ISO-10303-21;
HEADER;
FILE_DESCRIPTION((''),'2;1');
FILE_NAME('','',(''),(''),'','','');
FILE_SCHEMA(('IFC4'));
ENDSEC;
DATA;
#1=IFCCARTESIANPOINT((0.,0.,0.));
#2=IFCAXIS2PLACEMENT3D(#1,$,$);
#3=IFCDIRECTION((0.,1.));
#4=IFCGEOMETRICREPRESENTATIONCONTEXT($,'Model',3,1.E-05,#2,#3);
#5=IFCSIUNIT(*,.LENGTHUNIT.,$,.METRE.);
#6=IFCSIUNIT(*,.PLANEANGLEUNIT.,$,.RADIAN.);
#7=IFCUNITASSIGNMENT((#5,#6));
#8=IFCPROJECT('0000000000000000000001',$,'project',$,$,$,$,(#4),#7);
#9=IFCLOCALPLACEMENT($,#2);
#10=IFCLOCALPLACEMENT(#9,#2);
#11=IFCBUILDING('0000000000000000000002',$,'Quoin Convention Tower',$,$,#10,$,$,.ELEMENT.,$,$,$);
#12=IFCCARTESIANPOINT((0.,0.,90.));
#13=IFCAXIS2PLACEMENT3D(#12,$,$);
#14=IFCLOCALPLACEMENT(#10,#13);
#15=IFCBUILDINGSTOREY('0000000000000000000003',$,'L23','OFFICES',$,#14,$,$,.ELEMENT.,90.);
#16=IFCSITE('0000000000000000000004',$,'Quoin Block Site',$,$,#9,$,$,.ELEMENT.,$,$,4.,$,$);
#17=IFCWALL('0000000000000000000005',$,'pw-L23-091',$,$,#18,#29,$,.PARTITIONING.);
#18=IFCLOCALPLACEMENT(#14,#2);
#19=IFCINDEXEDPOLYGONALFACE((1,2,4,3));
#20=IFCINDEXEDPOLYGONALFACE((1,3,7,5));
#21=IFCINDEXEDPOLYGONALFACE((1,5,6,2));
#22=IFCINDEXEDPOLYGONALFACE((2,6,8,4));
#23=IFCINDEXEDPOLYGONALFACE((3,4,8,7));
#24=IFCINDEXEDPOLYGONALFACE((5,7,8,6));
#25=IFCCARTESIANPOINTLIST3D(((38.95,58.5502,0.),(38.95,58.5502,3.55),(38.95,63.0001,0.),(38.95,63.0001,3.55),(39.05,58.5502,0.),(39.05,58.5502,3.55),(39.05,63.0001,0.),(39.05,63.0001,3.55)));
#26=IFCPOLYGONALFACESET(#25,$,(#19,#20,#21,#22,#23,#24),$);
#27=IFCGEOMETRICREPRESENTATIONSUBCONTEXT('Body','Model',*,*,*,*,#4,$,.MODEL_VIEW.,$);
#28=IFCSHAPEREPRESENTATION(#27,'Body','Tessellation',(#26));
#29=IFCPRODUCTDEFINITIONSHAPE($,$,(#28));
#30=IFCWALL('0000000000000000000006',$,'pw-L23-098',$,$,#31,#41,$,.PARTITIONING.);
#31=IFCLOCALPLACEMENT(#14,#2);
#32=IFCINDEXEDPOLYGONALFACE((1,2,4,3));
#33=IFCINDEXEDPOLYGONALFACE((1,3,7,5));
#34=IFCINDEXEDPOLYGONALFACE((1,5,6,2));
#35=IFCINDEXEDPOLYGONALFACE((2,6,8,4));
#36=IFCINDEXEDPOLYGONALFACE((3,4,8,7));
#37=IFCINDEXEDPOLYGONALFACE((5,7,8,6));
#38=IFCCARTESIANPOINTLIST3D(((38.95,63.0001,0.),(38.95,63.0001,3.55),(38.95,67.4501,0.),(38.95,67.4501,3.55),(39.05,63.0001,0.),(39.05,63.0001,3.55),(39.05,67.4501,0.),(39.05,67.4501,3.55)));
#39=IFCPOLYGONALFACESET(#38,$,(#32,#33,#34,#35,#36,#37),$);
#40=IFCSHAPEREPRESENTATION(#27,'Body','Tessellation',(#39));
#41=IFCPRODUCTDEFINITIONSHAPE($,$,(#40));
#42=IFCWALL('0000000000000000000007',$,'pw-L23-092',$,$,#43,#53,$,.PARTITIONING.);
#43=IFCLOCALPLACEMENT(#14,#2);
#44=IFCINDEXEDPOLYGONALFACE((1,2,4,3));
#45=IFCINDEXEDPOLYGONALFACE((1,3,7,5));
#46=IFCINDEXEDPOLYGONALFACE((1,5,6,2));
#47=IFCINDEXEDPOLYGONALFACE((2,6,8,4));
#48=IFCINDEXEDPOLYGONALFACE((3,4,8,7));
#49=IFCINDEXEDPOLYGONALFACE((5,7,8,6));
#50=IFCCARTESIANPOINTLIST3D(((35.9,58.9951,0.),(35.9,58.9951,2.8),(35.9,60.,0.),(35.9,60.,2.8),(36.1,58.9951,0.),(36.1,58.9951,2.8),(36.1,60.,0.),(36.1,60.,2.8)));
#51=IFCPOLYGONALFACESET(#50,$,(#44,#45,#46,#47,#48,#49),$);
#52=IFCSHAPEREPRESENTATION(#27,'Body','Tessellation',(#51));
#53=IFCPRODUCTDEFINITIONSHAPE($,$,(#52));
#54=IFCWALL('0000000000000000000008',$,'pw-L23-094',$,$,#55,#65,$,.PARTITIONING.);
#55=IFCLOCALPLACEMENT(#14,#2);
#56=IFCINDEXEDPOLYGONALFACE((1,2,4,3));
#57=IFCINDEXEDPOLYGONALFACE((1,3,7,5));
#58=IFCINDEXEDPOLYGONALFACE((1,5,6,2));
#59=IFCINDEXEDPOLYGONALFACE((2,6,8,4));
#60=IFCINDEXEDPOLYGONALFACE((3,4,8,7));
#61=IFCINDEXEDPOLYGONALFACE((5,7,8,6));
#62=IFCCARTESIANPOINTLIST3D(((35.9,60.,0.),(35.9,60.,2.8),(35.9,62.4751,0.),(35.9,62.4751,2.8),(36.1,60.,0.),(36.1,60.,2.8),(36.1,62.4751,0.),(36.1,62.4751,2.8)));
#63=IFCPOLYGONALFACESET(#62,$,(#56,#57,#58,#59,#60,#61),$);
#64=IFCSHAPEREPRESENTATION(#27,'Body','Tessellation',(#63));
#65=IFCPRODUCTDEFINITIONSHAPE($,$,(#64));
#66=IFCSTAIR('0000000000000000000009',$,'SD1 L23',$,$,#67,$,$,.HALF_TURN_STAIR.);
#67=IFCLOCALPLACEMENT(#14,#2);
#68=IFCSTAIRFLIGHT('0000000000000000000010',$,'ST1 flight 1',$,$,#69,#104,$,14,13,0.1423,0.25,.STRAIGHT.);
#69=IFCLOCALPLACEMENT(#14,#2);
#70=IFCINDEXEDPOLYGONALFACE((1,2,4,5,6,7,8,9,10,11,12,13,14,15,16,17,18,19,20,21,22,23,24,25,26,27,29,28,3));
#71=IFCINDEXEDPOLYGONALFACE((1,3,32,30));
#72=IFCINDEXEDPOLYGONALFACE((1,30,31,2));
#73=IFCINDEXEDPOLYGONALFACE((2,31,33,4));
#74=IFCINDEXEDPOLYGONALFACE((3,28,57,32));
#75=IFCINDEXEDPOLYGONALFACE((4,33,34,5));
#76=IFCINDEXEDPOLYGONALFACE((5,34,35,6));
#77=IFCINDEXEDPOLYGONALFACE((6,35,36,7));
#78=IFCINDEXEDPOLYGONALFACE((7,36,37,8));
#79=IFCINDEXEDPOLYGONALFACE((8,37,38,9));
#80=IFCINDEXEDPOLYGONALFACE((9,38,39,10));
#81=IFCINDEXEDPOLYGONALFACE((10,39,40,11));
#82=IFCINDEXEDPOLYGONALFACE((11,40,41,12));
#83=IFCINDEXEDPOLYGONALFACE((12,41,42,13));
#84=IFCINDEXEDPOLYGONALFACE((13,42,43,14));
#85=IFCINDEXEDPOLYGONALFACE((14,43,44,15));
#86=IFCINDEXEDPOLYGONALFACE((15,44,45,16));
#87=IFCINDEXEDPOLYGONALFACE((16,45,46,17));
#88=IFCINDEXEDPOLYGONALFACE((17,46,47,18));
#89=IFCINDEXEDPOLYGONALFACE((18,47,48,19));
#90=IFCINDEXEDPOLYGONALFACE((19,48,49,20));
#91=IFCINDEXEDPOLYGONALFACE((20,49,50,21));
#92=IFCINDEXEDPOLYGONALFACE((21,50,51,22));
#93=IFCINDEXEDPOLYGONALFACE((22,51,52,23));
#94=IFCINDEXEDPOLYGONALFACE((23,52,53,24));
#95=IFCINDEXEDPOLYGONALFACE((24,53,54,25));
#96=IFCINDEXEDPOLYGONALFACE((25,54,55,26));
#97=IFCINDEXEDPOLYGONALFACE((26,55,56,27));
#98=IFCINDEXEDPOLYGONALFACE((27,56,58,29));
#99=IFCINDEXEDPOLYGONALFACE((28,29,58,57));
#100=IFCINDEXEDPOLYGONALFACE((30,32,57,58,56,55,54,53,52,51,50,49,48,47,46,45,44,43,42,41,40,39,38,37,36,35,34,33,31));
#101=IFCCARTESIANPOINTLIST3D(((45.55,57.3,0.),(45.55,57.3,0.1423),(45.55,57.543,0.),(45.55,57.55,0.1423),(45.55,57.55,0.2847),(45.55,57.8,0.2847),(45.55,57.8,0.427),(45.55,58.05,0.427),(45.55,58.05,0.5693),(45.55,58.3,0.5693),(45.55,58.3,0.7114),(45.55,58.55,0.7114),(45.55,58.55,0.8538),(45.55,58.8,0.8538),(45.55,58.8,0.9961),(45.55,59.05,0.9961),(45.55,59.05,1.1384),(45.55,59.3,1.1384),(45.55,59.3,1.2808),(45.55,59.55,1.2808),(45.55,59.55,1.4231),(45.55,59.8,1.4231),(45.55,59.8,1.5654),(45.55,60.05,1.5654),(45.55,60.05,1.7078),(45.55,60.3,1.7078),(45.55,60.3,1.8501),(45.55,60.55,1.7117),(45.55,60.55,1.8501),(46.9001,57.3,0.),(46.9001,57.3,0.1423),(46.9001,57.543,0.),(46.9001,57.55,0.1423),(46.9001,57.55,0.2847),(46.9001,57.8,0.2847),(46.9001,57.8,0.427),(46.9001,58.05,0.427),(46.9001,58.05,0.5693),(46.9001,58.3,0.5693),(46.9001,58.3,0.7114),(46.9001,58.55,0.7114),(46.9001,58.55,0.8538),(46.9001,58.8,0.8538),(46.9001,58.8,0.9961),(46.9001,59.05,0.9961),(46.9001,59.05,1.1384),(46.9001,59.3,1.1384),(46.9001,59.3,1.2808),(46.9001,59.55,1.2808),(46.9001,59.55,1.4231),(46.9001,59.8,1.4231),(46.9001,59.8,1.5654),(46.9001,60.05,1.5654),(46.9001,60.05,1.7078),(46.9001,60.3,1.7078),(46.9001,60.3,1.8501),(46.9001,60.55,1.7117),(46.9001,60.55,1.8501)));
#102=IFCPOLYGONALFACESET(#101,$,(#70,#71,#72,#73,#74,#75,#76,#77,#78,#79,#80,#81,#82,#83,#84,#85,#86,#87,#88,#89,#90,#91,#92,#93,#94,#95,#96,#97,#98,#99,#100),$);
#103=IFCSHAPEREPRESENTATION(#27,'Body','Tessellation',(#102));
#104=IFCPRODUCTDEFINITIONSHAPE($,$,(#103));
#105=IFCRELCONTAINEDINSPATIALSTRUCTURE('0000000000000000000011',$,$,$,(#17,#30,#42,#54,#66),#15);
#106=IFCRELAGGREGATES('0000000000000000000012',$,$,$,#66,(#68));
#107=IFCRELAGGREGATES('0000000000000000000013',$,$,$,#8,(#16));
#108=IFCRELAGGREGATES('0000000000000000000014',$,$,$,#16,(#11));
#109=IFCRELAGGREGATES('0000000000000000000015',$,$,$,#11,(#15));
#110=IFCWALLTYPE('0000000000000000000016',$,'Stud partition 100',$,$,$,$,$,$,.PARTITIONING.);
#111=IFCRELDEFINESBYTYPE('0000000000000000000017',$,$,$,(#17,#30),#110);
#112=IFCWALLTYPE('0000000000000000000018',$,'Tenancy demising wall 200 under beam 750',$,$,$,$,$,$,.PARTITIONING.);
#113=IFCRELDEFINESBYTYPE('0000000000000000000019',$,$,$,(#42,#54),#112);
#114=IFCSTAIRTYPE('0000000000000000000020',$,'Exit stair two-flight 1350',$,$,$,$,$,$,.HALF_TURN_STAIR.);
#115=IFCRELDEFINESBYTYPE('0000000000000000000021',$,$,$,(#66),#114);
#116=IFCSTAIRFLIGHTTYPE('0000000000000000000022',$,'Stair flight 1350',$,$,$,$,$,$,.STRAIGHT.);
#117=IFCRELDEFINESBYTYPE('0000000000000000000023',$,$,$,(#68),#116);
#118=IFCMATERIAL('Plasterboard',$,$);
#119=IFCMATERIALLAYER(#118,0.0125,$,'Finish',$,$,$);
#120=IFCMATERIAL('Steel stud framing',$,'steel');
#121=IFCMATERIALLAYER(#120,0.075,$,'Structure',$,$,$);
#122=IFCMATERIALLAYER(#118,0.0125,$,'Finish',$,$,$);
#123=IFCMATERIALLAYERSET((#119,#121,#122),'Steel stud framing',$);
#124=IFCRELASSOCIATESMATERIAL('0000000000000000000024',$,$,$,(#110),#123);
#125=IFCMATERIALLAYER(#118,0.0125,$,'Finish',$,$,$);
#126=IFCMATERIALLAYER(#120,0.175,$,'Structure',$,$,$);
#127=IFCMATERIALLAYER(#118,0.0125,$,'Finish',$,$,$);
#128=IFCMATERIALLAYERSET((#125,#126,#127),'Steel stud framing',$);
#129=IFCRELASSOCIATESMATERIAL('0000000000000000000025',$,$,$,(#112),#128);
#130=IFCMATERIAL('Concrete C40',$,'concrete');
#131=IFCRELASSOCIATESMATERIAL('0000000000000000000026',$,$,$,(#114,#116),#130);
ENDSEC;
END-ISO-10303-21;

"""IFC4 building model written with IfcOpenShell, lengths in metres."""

from ifc_helpers import new_model, si_unit, direction, frame, frame_2d, origin, place, context, subcontext, project, spatial, polyline, rectangle, outline, extrude, material, layer, layer_set, type_object, element, aggregate, save


model = new_model("IFC4")

# Units and contexts
model_context = context("Model", 3, precision=1e-05, world=origin(), true_north=direction((0.0, 1.0)))
body_context = subcontext(model_context, "Body", "Model", "MODEL_VIEW")
ifc_project = project(units=[si_unit("LENGTHUNIT", "METRE"), si_unit("PLANEANGLEUNIT", "RADIAN")], contexts=[model_context])

# Site, building, storey
site_placement = place(None, origin())
site = spatial("IfcSite", under=ifc_project, at=site_placement, Name="Quoin Block Site", CompositionType="ELEMENT", RefElevation=4.0)
building_placement = place(site_placement, origin())
building = spatial("IfcBuilding", under=site, at=building_placement, Name="Quoin Convention Tower", CompositionType="ELEMENT")
storey_placement = place(building_placement, frame((0.0, 0.0, 90.0)))
storey = spatial("IfcBuildingStorey", under=building, at=storey_placement, Name="L23", Description="OFFICES", CompositionType="ELEMENT", Elevation=90.0)

# Shared definitions
ifc_material_1 = material(Name="Plasterboard")
ifc_material_2 = material(Name="Steel stud framing", Category="steel")

# Shared definitions
ifc_layer_1 = layer(ifc_material_1, 0.0125, Name="Finish")
ifc_layer_2 = layer(ifc_material_2, 0.075, Name="Structure")
ifc_layer_3 = layer(ifc_material_1, 0.0125, Name="Finish")
ifc_layer_set_1 = layer_set([ifc_layer_1, ifc_layer_2, ifc_layer_3], Name="Steel stud framing")
wall_type_1 = type_object("IfcWallType", Name="Stud partition 100", PredefinedType="PARTITIONING", material=ifc_layer_set_1)

# Walls
for number, where, z_axis, x_axis, name in (
    (1, (39.0, 58.55, 0.0), (0.0, 0.0, 1.0), (0.0, 1.0, 0.0), "pw-L23-091"),
    (2, (39.0, 63.0, 0.0), (0.0, 0.0, 1.0), (0.0, 1.0, 0.0), "pw-L23-098"),
):
    element("IfcWall", number, at=place(storey_placement, frame(where, z_axis=z_axis, x_axis=x_axis)), inside=storey, type_object=wall_type_1, Name=name, PredefinedType="PARTITIONING", context=body_context, shape_type="SweptSolid", body=[
        extrude(rectangle(XDim=4.45, YDim=0.1001, at=frame_2d((2.2251, 0.0))), origin(), (0.0, 0.0, 1.0), 3.55),
    ])
ifc_layer_4 = layer(ifc_material_1, 0.0125, Name="Finish")
ifc_layer_5 = layer(ifc_material_2, 0.175, Name="Structure")
ifc_layer_6 = layer(ifc_material_1, 0.0125, Name="Finish")
ifc_layer_set_2 = layer_set([ifc_layer_4, ifc_layer_5, ifc_layer_6], Name="Steel stud framing")
wall_type_2 = type_object("IfcWallType", Name="Tenancy demising wall 200 under beam 750", PredefinedType="PARTITIONING", material=ifc_layer_set_2)
wall_1_placement = place(storey_placement, frame((36.0, 58.9951, 0.0), z_axis=(0.0, 0.0, 1.0), x_axis=(0.0, 1.0, 0.0)))
element("IfcWall", 3, at=wall_1_placement, inside=storey, type_object=wall_type_2, Name="pw-L23-092", PredefinedType="PARTITIONING", context=body_context, shape_type="SweptSolid", body=[
    extrude(rectangle(XDim=1.0049, YDim=0.2, at=frame_2d((0.5024, 0.0))), origin(), (0.0, 0.0, 1.0), 2.8),
])
wall_2_placement = place(storey_placement, frame((36.0, 60.0, 0.0), z_axis=(0.0, 0.0, 1.0), x_axis=(0.0, 1.0, 0.0)))
element("IfcWall", 4, at=wall_2_placement, inside=storey, type_object=wall_type_2, Name="pw-L23-094", PredefinedType="PARTITIONING", context=body_context, shape_type="SweptSolid", body=[
    extrude(rectangle(XDim=2.4751, YDim=0.2, at=frame_2d((1.2375, 0.0))), origin(), (0.0, 0.0, 1.0), 2.8),
])

# Stair, stair flight
ifc_material_3 = material(Name="Concrete C40", Category="concrete")
stair_type = type_object("IfcStairType", Name="Exit stair two-flight 1350", PredefinedType="HALF_TURN_STAIR", material=ifc_material_3)
stair_placement = place(storey_placement, origin())
stair = element("IfcStair", 5, at=stair_placement, inside=storey, type_object=stair_type, Name="SD1 L23", PredefinedType="HALF_TURN_STAIR")
stair_flight_type = type_object("IfcStairFlightType", Name="Stair flight 1350", PredefinedType="STRAIGHT", material=ifc_material_3)
stair_flight_placement = place(storey_placement, frame((46.2251, 57.3, 0.0), z_axis=(0.0, 0.0, 1.0), x_axis=(0.0, 1.0, 0.0)))
stair_flight = element("IfcStairFlight", 6, at=stair_flight_placement, type_object=stair_flight_type, Name="ST1 flight 1", NumberOfRisers=14, NumberOfTreads=13, PredefinedType="STRAIGHT", RiserHeight=0.1423, TreadLength=0.25, context=body_context, shape_type="SweptSolid", body=[
    extrude(outline(polyline([(0.0, 0.0), (0.0, 0.1423), (0.25, 0.1423), (0.25, 0.2847), (0.5, 0.2847), (0.5, 0.427), (0.75, 0.427), (0.75, 0.5693), (1.0, 0.5693), (1.0, 0.7114), (1.25, 0.7114), (1.25, 0.8538), (1.5, 0.8538), (1.5, 0.9961), (1.75, 0.9961), (1.75, 1.1384), (2.0, 1.1384), (2.0, 1.2808), (2.25, 1.2808), (2.25, 1.4231), (2.5, 1.4231), (2.5, 1.5654), (2.75, 1.5654), (2.75, 1.7078), (3.0, 1.7078), (3.0, 1.8501), (3.25, 1.8501), (3.25, 1.9922), (3.25, 1.7117), (0.2429, 0.0), (0.0, 0.0)])), frame((0.0, 0.675, 0.0), z_axis=(0.0, -1.0, 0.0), x_axis=(1.0, 0.0, 0.0)), (0.0, 0.0, 1.0), 1.3501),
])
aggregate(stair, [stair_flight])

save(model, "model.ifc")
